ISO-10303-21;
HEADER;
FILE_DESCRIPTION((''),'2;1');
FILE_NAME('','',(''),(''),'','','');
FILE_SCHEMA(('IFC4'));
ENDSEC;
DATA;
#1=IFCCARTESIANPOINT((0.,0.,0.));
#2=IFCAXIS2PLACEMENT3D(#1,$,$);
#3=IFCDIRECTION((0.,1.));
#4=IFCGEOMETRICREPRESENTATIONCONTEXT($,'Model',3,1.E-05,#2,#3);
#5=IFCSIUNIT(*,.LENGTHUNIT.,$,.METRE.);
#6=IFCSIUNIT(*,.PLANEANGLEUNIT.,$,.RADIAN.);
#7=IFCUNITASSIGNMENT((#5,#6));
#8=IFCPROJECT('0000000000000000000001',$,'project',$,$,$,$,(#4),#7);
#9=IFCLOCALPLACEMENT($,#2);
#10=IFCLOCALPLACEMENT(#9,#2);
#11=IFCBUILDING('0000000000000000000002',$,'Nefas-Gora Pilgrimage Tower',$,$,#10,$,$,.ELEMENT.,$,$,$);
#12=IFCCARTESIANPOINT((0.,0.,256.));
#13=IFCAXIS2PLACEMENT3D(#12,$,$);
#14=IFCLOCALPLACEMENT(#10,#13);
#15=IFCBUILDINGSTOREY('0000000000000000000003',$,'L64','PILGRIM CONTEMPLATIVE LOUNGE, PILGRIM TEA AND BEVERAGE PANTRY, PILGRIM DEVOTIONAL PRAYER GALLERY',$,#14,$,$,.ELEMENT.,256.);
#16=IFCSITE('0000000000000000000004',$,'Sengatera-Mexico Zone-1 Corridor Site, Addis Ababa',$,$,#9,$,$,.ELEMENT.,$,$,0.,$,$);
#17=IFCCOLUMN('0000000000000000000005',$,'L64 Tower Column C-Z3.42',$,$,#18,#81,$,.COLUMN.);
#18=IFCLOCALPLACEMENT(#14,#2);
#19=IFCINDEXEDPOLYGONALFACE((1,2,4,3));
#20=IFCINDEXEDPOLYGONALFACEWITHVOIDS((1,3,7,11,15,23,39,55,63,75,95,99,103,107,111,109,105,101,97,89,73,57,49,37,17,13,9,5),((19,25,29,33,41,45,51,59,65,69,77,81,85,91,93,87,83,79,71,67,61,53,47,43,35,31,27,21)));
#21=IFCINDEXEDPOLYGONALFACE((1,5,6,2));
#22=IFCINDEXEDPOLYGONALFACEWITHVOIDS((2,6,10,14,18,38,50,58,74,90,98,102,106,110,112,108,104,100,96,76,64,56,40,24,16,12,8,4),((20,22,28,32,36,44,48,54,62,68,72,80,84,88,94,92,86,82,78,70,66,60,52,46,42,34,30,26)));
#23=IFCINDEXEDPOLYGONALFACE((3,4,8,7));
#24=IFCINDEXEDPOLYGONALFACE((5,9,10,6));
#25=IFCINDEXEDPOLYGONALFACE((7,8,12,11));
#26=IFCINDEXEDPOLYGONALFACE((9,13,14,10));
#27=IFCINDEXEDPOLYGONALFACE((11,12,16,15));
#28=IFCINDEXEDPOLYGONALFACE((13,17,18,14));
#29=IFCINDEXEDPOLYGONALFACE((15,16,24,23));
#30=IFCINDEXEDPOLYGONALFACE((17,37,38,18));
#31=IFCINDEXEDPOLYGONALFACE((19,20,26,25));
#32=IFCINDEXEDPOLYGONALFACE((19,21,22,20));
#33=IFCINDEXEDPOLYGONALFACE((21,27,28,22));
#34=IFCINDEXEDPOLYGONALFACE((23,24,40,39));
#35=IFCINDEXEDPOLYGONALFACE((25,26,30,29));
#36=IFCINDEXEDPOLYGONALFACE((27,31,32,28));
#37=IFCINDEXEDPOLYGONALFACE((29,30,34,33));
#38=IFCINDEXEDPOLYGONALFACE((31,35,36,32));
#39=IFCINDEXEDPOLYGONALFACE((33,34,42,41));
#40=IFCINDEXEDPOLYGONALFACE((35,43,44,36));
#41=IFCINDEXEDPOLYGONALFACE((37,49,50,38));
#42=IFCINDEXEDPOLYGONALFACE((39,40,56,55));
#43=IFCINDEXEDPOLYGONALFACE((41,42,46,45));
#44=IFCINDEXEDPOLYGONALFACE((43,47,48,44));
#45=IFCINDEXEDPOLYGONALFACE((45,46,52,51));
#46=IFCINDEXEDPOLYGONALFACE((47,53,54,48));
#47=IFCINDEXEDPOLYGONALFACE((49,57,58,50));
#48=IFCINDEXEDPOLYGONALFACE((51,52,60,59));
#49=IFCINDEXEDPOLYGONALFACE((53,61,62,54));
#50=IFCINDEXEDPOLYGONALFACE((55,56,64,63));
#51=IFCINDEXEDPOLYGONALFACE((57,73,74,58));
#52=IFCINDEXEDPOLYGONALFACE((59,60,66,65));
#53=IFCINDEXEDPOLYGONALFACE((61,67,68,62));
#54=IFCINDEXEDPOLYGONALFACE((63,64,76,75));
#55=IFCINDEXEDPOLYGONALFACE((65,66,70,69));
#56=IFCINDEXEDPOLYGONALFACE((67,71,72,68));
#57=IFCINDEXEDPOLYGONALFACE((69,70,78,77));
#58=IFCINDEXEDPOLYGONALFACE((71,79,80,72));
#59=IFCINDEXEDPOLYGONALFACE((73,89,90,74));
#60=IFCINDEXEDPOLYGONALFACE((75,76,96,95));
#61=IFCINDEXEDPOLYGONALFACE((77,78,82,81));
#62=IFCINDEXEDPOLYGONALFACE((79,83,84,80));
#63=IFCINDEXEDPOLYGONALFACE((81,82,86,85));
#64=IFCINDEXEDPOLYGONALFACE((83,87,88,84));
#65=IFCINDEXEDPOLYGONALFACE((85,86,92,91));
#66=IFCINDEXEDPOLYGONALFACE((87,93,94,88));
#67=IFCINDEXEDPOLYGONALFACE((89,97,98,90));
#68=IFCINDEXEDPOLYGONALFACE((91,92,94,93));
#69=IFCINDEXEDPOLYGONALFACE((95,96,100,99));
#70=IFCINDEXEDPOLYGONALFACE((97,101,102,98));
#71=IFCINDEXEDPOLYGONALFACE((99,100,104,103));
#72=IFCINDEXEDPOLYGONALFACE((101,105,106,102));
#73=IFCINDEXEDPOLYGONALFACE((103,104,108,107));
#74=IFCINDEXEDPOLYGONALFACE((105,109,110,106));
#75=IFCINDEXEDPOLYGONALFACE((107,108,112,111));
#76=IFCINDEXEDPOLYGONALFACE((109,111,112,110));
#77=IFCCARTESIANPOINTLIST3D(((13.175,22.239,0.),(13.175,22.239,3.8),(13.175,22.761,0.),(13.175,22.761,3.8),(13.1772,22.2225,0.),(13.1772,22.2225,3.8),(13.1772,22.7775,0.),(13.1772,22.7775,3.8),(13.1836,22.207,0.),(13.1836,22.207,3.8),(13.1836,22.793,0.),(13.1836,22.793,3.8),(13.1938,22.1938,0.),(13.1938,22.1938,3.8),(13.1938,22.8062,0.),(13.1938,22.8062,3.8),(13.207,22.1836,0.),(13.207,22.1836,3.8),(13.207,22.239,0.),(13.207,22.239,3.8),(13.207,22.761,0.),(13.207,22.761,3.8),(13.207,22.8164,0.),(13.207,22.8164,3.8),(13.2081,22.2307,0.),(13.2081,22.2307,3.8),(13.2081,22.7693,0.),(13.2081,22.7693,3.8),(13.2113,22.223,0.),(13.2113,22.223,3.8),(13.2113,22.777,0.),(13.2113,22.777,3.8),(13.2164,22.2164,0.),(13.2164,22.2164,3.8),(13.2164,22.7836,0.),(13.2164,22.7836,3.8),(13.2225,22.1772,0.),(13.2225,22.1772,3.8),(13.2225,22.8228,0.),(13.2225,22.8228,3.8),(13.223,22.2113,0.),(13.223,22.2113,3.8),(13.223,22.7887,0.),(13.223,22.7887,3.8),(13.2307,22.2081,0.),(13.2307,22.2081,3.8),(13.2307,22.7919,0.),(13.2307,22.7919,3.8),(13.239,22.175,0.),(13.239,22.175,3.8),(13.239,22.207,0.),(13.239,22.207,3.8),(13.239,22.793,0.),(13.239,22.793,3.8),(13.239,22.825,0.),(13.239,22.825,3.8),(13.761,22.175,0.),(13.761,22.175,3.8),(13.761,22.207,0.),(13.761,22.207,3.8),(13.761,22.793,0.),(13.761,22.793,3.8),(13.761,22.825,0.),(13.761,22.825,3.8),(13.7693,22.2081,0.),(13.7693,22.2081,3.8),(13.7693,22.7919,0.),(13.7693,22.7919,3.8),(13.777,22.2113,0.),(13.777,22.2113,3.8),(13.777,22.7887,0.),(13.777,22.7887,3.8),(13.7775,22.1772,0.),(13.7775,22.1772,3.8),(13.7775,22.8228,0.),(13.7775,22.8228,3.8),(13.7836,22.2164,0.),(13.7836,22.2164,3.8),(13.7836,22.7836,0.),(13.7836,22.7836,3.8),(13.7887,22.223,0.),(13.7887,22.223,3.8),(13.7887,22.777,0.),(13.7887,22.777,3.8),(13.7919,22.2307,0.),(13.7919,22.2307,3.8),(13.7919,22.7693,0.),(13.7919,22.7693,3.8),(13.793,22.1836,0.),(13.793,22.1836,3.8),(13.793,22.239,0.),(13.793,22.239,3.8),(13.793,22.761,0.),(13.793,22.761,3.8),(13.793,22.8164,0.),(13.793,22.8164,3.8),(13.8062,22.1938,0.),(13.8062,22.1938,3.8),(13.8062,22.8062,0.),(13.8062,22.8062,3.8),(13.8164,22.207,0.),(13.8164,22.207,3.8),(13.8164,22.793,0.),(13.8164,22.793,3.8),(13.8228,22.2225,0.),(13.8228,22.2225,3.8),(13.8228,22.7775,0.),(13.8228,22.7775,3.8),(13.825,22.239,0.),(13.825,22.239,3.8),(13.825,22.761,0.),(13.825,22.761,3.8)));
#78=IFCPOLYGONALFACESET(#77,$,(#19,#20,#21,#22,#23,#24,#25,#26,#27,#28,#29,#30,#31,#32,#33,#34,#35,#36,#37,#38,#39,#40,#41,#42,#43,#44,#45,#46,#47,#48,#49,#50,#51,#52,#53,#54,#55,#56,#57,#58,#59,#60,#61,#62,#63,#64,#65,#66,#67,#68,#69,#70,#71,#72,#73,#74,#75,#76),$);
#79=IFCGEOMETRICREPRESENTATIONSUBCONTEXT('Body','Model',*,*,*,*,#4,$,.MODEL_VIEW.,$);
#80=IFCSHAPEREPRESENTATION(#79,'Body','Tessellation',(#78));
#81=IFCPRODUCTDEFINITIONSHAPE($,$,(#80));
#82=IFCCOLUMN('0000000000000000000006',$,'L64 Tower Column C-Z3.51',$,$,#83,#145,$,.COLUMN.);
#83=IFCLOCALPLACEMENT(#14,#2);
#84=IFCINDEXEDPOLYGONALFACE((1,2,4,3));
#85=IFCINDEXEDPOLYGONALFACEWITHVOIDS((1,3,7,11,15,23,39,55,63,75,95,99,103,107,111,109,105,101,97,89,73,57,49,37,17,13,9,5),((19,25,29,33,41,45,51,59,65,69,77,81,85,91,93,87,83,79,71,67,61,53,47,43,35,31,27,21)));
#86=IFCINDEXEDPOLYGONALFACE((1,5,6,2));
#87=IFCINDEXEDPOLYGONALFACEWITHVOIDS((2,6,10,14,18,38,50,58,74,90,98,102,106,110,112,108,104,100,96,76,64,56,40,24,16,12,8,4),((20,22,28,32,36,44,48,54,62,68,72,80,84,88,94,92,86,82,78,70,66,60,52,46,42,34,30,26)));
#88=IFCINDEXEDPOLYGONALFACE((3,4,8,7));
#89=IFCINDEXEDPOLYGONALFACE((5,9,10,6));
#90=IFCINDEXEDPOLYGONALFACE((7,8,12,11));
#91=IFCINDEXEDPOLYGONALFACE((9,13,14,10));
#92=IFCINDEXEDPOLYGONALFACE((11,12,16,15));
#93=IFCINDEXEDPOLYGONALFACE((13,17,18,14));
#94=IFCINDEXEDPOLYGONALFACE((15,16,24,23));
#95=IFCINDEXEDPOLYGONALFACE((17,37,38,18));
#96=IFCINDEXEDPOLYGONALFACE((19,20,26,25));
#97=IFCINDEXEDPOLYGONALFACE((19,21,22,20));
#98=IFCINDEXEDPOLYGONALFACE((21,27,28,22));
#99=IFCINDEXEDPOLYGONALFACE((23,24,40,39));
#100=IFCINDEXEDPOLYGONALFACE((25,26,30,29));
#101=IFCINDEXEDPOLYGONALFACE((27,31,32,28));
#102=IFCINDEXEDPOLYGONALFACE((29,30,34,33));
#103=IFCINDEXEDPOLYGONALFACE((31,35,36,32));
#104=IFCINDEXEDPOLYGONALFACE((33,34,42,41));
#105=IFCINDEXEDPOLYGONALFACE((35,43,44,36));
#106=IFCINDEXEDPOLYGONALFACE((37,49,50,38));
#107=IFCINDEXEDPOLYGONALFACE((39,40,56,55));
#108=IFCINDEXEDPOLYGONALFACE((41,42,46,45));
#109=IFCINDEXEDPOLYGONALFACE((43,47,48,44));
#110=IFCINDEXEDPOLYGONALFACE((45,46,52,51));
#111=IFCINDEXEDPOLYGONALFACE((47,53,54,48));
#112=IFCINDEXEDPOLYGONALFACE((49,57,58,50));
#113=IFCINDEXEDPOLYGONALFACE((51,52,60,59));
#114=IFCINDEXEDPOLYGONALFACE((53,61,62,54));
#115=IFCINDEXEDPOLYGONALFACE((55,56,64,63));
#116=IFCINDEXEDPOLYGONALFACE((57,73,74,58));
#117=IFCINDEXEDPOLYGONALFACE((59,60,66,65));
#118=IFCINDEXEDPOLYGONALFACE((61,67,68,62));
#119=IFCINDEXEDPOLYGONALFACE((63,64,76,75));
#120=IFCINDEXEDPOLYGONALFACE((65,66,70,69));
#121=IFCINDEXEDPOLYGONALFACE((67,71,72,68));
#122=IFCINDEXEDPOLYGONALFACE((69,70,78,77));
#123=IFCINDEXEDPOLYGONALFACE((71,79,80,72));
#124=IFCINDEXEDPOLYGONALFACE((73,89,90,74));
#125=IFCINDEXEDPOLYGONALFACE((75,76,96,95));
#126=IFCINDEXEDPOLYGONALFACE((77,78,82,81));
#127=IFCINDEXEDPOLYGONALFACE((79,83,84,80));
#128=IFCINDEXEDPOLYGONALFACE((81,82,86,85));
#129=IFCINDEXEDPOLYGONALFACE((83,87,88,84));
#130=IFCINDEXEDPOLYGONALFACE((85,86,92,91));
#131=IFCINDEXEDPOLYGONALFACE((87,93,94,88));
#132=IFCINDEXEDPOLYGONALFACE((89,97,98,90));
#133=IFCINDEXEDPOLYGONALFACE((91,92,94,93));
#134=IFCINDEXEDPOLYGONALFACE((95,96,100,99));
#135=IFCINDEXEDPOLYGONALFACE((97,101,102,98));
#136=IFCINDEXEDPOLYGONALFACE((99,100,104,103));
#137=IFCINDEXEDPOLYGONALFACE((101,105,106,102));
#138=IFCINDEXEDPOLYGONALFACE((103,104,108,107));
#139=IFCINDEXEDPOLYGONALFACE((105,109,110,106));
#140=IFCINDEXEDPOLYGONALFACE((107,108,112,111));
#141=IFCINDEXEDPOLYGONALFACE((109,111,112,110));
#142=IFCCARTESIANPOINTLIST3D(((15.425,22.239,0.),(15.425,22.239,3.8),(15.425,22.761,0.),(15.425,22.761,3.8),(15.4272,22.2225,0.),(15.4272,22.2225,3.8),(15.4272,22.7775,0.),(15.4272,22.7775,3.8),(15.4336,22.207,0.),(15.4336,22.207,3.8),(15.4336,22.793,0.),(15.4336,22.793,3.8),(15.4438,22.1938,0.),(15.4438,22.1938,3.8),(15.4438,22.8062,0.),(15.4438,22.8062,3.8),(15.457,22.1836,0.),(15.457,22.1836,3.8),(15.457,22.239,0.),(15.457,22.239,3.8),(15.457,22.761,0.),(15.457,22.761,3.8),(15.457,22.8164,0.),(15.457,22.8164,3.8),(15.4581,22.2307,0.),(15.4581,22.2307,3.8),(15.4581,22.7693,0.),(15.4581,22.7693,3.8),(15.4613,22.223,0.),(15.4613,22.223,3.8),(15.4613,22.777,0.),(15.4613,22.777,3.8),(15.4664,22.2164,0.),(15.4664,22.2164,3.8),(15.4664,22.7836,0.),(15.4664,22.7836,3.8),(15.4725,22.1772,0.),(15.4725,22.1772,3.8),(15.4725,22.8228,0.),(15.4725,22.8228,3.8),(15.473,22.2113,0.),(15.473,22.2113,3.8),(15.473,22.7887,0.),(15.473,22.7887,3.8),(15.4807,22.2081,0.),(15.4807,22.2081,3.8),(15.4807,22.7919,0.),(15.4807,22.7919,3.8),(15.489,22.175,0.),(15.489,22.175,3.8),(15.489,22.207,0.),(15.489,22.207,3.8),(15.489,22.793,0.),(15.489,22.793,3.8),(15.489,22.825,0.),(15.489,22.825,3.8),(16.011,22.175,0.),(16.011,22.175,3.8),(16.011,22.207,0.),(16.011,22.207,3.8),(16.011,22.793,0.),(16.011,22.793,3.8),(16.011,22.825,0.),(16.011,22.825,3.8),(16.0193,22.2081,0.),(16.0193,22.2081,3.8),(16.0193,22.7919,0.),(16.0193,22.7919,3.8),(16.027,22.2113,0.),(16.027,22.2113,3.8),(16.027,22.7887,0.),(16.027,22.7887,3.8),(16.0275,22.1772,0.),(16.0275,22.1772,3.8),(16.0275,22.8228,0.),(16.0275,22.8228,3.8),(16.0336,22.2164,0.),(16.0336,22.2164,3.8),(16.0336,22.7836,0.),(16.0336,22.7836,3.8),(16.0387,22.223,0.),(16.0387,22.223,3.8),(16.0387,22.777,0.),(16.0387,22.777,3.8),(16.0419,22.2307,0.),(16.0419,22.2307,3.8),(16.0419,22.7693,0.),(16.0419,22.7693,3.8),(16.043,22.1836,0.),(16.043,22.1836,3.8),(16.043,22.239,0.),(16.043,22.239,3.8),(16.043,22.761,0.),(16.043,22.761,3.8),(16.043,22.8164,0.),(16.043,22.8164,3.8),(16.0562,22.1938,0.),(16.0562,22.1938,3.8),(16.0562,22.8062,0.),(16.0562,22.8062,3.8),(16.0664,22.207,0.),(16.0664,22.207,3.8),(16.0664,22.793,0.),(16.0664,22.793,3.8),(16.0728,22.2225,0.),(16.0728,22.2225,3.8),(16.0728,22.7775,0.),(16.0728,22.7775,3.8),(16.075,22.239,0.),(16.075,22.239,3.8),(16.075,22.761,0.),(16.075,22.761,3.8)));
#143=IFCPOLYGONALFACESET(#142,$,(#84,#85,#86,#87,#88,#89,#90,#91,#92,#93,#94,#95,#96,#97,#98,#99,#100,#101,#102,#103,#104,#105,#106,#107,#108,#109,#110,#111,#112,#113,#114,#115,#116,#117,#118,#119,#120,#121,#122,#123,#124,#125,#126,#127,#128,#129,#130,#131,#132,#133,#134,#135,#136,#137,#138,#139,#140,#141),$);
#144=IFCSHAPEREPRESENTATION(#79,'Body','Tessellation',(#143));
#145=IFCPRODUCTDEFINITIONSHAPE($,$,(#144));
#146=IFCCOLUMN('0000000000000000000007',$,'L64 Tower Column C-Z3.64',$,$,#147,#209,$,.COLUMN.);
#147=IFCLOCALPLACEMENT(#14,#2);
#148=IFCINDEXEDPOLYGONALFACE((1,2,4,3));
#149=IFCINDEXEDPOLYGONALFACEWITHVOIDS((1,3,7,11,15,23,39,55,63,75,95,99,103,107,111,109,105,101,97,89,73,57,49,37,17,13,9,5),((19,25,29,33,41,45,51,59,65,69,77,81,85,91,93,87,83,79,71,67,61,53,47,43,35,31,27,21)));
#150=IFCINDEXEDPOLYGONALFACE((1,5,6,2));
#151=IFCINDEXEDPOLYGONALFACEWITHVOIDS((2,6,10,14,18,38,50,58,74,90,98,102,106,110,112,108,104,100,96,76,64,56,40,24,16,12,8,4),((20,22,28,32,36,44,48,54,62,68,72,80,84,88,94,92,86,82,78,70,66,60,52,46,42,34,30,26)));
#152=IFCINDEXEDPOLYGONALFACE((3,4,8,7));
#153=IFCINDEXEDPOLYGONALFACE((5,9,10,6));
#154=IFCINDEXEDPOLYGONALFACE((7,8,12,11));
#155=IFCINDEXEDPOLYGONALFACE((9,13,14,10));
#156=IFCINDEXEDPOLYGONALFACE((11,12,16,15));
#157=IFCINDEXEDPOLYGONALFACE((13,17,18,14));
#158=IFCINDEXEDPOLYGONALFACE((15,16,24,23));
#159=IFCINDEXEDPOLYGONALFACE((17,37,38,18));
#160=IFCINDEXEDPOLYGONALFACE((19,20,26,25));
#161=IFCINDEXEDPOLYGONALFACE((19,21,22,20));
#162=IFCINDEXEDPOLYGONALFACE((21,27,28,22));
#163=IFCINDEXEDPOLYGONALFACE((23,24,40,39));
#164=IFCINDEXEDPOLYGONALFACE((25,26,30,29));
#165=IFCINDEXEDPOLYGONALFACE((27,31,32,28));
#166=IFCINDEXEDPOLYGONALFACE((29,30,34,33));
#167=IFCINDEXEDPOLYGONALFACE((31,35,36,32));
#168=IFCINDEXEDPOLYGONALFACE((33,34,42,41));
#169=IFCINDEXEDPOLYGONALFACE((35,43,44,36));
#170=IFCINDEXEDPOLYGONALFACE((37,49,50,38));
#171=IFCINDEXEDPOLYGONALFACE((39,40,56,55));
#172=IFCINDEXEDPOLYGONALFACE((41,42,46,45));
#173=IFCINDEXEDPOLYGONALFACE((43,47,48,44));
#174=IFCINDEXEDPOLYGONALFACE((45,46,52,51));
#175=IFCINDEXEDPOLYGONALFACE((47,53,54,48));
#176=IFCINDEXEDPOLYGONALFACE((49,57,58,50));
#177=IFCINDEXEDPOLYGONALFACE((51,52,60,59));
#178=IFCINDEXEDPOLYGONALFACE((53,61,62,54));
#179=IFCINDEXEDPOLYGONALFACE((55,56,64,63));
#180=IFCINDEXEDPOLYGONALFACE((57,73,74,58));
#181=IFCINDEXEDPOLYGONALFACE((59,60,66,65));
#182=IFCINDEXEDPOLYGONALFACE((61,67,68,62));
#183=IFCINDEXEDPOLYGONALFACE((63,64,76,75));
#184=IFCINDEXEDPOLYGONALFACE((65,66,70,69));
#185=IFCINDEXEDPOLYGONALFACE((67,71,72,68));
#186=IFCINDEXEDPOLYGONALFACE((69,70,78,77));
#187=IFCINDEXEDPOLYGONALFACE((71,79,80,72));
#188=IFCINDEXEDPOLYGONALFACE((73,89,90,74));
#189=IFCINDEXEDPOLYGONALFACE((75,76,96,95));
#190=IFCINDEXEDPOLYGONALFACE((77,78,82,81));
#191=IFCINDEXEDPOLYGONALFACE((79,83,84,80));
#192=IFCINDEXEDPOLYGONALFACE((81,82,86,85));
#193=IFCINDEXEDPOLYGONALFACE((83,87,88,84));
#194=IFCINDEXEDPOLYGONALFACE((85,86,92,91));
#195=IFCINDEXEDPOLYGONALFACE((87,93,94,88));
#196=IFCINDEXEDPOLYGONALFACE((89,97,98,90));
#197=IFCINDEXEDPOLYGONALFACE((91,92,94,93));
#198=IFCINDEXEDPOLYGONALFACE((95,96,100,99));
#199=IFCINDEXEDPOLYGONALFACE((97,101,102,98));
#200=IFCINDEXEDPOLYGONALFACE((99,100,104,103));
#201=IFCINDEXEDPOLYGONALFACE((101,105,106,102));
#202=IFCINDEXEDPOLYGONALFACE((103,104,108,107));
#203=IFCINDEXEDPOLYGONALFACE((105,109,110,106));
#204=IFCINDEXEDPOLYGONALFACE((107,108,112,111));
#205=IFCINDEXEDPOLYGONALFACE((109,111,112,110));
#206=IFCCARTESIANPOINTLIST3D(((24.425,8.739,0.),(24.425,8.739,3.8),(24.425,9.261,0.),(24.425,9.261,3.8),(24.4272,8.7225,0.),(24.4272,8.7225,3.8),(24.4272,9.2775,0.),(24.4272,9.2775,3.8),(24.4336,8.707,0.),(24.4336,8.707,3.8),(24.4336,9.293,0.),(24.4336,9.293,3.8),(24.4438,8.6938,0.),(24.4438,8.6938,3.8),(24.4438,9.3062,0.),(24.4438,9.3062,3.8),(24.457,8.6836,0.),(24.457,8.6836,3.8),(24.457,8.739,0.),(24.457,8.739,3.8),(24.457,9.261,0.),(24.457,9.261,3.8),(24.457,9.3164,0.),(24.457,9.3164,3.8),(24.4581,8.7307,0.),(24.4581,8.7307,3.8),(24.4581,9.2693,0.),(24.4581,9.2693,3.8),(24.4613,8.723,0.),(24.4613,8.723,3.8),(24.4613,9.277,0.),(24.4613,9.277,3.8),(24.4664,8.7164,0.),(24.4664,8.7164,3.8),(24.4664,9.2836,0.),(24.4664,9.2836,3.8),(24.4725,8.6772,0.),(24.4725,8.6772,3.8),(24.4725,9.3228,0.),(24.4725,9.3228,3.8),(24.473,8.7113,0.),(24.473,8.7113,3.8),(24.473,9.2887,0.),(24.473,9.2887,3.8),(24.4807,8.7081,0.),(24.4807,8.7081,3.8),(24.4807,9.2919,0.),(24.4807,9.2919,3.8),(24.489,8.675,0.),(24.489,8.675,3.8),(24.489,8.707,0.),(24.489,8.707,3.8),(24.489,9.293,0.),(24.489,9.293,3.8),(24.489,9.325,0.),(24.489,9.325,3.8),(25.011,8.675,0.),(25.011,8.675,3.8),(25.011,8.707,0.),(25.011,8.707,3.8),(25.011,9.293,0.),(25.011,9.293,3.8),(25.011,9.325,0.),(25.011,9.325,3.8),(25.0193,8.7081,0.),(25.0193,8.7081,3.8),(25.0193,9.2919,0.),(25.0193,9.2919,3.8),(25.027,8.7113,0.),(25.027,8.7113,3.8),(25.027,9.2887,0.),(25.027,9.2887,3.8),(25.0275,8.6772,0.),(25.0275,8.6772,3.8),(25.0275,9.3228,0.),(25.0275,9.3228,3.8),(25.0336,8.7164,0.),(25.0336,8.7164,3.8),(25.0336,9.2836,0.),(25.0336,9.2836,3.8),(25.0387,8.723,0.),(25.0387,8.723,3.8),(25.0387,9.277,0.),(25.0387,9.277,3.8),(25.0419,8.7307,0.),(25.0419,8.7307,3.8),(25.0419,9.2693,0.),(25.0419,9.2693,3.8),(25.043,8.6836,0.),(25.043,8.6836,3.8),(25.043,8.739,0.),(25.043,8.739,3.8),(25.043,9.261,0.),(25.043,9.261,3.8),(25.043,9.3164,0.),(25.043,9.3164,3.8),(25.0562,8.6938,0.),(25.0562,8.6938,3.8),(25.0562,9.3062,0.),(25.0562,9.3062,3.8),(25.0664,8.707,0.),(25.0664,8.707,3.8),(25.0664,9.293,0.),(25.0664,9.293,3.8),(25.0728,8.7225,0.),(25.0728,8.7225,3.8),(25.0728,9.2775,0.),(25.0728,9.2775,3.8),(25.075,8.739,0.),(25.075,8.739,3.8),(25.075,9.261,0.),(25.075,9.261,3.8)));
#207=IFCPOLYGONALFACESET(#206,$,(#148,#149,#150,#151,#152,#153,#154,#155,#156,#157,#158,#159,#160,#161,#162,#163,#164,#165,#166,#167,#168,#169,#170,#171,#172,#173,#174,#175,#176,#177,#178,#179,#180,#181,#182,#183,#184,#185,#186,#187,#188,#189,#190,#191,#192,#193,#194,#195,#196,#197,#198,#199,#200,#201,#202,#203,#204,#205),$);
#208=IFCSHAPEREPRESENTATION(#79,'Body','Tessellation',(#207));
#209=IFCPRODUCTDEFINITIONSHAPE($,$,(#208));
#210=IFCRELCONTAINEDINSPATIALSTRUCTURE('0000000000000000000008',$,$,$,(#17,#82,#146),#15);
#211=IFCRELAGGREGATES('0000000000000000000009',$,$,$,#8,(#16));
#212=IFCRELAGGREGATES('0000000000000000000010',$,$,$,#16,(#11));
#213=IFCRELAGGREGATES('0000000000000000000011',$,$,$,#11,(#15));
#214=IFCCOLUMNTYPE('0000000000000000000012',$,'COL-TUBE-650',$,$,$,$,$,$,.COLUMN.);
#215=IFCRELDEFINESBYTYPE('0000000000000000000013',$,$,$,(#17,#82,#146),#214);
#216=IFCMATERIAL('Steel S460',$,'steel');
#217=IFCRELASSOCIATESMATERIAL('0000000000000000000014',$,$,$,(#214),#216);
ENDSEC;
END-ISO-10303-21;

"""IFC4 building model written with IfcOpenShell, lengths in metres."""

from ifc_helpers import new_model, si_unit, direction, frame, origin, origin_2d, place, context, subcontext, project, spatial, hollow_rectangle, extrude, source, transform, mapped, material, material_profile, profile_set, type_object, element, save


model = new_model("IFC4")

# Units and contexts
model_context = context("Model", 3, precision=1e-05, world=origin(), true_north=direction((0.0, 1.0)))
body_context = subcontext(model_context, "Body", "Model", "MODEL_VIEW")
ifc_project = project(units=[si_unit("LENGTHUNIT", "METRE"), si_unit("PLANEANGLEUNIT", "RADIAN")], contexts=[model_context])

# Site, building, storey
site_placement = place(None, origin())
site = spatial("IfcSite", under=ifc_project, at=site_placement, Name="Sengatera-Mexico Zone-1 Corridor Site, Addis Ababa", CompositionType="ELEMENT", RefElevation=0.0)
building_placement = place(site_placement, origin())
building = spatial("IfcBuilding", under=site, at=building_placement, Name="Nefas-Gora Pilgrimage Tower", CompositionType="ELEMENT")
storey_placement = place(building_placement, frame((0.0, 0.0, 256.0)))
storey = spatial("IfcBuildingStorey", under=building, at=storey_placement, Name="L64", Description="PILGRIM CONTEMPLATIVE LOUNGE, PILGRIM TEA AND BEVERAGE PANTRY, PILGRIM DEVOTIONAL PRAYER GALLERY", CompositionType="ELEMENT", Elevation=256.0)

# Columns
ifc_material_1 = material(Name="Steel S460", Category="steel")
ifc_material_profile_1 = material_profile(ifc_material_1, hollow_rectangle(XDim=0.6499, YDim=0.6499, WallThickness=0.032, InnerFilletRadius=0.032, OuterFilletRadius=0.064, at=origin_2d()), Name="BOX 650x650x32")
ifc_profile_set_1 = profile_set([ifc_material_profile_1], Name="Steel S460")
column_type_1 = type_object("IfcColumnType", Name="COL-TUBE-650", PredefinedType="COLUMN", material=ifc_profile_set_1)
shared_shape_1 = source(origin(), body_context, "Body", "SweptSolid", [
    extrude(hollow_rectangle(XDim=0.6499, YDim=0.6499, WallThickness=0.032, InnerFilletRadius=0.032, OuterFilletRadius=0.064, at=origin_2d()), origin(), (0.0, 0.0, 1.0), 3.8),
])
for number, where, z_axis, x_axis, name in (
    (1, (13.5, 22.5, 0.0), (0.0, 0.0, 1.0), (1.0, 0.0, 0.0), "L64 Tower Column C-Z3.42"),
    (2, (15.75, 22.5, 0.0), (0.0, 0.0, 1.0), (1.0, 0.0, 0.0), "L64 Tower Column C-Z3.51"),
    (3, (24.75, 9.0, 0.0), (0.0, 0.0, 1.0), (1.0, 0.0, 0.0), "L64 Tower Column C-Z3.64"),
):
    element("IfcColumn", number, at=place(storey_placement, frame(where, z_axis=z_axis, x_axis=x_axis)), inside=storey, type_object=column_type_1, Name=name, PredefinedType="COLUMN", context=body_context, shape_type="MappedRepresentation", body=[
        mapped(shared_shape_1, transform((0.0, 0.0, 0.0), x_axis=(1.0, 0.0, 0.0), y_axis=(0.0, 1.0, 0.0), z_axis=(0.0, 0.0, 1.0), scale=1.0)),
    ])

save(model, "model.ifc")
